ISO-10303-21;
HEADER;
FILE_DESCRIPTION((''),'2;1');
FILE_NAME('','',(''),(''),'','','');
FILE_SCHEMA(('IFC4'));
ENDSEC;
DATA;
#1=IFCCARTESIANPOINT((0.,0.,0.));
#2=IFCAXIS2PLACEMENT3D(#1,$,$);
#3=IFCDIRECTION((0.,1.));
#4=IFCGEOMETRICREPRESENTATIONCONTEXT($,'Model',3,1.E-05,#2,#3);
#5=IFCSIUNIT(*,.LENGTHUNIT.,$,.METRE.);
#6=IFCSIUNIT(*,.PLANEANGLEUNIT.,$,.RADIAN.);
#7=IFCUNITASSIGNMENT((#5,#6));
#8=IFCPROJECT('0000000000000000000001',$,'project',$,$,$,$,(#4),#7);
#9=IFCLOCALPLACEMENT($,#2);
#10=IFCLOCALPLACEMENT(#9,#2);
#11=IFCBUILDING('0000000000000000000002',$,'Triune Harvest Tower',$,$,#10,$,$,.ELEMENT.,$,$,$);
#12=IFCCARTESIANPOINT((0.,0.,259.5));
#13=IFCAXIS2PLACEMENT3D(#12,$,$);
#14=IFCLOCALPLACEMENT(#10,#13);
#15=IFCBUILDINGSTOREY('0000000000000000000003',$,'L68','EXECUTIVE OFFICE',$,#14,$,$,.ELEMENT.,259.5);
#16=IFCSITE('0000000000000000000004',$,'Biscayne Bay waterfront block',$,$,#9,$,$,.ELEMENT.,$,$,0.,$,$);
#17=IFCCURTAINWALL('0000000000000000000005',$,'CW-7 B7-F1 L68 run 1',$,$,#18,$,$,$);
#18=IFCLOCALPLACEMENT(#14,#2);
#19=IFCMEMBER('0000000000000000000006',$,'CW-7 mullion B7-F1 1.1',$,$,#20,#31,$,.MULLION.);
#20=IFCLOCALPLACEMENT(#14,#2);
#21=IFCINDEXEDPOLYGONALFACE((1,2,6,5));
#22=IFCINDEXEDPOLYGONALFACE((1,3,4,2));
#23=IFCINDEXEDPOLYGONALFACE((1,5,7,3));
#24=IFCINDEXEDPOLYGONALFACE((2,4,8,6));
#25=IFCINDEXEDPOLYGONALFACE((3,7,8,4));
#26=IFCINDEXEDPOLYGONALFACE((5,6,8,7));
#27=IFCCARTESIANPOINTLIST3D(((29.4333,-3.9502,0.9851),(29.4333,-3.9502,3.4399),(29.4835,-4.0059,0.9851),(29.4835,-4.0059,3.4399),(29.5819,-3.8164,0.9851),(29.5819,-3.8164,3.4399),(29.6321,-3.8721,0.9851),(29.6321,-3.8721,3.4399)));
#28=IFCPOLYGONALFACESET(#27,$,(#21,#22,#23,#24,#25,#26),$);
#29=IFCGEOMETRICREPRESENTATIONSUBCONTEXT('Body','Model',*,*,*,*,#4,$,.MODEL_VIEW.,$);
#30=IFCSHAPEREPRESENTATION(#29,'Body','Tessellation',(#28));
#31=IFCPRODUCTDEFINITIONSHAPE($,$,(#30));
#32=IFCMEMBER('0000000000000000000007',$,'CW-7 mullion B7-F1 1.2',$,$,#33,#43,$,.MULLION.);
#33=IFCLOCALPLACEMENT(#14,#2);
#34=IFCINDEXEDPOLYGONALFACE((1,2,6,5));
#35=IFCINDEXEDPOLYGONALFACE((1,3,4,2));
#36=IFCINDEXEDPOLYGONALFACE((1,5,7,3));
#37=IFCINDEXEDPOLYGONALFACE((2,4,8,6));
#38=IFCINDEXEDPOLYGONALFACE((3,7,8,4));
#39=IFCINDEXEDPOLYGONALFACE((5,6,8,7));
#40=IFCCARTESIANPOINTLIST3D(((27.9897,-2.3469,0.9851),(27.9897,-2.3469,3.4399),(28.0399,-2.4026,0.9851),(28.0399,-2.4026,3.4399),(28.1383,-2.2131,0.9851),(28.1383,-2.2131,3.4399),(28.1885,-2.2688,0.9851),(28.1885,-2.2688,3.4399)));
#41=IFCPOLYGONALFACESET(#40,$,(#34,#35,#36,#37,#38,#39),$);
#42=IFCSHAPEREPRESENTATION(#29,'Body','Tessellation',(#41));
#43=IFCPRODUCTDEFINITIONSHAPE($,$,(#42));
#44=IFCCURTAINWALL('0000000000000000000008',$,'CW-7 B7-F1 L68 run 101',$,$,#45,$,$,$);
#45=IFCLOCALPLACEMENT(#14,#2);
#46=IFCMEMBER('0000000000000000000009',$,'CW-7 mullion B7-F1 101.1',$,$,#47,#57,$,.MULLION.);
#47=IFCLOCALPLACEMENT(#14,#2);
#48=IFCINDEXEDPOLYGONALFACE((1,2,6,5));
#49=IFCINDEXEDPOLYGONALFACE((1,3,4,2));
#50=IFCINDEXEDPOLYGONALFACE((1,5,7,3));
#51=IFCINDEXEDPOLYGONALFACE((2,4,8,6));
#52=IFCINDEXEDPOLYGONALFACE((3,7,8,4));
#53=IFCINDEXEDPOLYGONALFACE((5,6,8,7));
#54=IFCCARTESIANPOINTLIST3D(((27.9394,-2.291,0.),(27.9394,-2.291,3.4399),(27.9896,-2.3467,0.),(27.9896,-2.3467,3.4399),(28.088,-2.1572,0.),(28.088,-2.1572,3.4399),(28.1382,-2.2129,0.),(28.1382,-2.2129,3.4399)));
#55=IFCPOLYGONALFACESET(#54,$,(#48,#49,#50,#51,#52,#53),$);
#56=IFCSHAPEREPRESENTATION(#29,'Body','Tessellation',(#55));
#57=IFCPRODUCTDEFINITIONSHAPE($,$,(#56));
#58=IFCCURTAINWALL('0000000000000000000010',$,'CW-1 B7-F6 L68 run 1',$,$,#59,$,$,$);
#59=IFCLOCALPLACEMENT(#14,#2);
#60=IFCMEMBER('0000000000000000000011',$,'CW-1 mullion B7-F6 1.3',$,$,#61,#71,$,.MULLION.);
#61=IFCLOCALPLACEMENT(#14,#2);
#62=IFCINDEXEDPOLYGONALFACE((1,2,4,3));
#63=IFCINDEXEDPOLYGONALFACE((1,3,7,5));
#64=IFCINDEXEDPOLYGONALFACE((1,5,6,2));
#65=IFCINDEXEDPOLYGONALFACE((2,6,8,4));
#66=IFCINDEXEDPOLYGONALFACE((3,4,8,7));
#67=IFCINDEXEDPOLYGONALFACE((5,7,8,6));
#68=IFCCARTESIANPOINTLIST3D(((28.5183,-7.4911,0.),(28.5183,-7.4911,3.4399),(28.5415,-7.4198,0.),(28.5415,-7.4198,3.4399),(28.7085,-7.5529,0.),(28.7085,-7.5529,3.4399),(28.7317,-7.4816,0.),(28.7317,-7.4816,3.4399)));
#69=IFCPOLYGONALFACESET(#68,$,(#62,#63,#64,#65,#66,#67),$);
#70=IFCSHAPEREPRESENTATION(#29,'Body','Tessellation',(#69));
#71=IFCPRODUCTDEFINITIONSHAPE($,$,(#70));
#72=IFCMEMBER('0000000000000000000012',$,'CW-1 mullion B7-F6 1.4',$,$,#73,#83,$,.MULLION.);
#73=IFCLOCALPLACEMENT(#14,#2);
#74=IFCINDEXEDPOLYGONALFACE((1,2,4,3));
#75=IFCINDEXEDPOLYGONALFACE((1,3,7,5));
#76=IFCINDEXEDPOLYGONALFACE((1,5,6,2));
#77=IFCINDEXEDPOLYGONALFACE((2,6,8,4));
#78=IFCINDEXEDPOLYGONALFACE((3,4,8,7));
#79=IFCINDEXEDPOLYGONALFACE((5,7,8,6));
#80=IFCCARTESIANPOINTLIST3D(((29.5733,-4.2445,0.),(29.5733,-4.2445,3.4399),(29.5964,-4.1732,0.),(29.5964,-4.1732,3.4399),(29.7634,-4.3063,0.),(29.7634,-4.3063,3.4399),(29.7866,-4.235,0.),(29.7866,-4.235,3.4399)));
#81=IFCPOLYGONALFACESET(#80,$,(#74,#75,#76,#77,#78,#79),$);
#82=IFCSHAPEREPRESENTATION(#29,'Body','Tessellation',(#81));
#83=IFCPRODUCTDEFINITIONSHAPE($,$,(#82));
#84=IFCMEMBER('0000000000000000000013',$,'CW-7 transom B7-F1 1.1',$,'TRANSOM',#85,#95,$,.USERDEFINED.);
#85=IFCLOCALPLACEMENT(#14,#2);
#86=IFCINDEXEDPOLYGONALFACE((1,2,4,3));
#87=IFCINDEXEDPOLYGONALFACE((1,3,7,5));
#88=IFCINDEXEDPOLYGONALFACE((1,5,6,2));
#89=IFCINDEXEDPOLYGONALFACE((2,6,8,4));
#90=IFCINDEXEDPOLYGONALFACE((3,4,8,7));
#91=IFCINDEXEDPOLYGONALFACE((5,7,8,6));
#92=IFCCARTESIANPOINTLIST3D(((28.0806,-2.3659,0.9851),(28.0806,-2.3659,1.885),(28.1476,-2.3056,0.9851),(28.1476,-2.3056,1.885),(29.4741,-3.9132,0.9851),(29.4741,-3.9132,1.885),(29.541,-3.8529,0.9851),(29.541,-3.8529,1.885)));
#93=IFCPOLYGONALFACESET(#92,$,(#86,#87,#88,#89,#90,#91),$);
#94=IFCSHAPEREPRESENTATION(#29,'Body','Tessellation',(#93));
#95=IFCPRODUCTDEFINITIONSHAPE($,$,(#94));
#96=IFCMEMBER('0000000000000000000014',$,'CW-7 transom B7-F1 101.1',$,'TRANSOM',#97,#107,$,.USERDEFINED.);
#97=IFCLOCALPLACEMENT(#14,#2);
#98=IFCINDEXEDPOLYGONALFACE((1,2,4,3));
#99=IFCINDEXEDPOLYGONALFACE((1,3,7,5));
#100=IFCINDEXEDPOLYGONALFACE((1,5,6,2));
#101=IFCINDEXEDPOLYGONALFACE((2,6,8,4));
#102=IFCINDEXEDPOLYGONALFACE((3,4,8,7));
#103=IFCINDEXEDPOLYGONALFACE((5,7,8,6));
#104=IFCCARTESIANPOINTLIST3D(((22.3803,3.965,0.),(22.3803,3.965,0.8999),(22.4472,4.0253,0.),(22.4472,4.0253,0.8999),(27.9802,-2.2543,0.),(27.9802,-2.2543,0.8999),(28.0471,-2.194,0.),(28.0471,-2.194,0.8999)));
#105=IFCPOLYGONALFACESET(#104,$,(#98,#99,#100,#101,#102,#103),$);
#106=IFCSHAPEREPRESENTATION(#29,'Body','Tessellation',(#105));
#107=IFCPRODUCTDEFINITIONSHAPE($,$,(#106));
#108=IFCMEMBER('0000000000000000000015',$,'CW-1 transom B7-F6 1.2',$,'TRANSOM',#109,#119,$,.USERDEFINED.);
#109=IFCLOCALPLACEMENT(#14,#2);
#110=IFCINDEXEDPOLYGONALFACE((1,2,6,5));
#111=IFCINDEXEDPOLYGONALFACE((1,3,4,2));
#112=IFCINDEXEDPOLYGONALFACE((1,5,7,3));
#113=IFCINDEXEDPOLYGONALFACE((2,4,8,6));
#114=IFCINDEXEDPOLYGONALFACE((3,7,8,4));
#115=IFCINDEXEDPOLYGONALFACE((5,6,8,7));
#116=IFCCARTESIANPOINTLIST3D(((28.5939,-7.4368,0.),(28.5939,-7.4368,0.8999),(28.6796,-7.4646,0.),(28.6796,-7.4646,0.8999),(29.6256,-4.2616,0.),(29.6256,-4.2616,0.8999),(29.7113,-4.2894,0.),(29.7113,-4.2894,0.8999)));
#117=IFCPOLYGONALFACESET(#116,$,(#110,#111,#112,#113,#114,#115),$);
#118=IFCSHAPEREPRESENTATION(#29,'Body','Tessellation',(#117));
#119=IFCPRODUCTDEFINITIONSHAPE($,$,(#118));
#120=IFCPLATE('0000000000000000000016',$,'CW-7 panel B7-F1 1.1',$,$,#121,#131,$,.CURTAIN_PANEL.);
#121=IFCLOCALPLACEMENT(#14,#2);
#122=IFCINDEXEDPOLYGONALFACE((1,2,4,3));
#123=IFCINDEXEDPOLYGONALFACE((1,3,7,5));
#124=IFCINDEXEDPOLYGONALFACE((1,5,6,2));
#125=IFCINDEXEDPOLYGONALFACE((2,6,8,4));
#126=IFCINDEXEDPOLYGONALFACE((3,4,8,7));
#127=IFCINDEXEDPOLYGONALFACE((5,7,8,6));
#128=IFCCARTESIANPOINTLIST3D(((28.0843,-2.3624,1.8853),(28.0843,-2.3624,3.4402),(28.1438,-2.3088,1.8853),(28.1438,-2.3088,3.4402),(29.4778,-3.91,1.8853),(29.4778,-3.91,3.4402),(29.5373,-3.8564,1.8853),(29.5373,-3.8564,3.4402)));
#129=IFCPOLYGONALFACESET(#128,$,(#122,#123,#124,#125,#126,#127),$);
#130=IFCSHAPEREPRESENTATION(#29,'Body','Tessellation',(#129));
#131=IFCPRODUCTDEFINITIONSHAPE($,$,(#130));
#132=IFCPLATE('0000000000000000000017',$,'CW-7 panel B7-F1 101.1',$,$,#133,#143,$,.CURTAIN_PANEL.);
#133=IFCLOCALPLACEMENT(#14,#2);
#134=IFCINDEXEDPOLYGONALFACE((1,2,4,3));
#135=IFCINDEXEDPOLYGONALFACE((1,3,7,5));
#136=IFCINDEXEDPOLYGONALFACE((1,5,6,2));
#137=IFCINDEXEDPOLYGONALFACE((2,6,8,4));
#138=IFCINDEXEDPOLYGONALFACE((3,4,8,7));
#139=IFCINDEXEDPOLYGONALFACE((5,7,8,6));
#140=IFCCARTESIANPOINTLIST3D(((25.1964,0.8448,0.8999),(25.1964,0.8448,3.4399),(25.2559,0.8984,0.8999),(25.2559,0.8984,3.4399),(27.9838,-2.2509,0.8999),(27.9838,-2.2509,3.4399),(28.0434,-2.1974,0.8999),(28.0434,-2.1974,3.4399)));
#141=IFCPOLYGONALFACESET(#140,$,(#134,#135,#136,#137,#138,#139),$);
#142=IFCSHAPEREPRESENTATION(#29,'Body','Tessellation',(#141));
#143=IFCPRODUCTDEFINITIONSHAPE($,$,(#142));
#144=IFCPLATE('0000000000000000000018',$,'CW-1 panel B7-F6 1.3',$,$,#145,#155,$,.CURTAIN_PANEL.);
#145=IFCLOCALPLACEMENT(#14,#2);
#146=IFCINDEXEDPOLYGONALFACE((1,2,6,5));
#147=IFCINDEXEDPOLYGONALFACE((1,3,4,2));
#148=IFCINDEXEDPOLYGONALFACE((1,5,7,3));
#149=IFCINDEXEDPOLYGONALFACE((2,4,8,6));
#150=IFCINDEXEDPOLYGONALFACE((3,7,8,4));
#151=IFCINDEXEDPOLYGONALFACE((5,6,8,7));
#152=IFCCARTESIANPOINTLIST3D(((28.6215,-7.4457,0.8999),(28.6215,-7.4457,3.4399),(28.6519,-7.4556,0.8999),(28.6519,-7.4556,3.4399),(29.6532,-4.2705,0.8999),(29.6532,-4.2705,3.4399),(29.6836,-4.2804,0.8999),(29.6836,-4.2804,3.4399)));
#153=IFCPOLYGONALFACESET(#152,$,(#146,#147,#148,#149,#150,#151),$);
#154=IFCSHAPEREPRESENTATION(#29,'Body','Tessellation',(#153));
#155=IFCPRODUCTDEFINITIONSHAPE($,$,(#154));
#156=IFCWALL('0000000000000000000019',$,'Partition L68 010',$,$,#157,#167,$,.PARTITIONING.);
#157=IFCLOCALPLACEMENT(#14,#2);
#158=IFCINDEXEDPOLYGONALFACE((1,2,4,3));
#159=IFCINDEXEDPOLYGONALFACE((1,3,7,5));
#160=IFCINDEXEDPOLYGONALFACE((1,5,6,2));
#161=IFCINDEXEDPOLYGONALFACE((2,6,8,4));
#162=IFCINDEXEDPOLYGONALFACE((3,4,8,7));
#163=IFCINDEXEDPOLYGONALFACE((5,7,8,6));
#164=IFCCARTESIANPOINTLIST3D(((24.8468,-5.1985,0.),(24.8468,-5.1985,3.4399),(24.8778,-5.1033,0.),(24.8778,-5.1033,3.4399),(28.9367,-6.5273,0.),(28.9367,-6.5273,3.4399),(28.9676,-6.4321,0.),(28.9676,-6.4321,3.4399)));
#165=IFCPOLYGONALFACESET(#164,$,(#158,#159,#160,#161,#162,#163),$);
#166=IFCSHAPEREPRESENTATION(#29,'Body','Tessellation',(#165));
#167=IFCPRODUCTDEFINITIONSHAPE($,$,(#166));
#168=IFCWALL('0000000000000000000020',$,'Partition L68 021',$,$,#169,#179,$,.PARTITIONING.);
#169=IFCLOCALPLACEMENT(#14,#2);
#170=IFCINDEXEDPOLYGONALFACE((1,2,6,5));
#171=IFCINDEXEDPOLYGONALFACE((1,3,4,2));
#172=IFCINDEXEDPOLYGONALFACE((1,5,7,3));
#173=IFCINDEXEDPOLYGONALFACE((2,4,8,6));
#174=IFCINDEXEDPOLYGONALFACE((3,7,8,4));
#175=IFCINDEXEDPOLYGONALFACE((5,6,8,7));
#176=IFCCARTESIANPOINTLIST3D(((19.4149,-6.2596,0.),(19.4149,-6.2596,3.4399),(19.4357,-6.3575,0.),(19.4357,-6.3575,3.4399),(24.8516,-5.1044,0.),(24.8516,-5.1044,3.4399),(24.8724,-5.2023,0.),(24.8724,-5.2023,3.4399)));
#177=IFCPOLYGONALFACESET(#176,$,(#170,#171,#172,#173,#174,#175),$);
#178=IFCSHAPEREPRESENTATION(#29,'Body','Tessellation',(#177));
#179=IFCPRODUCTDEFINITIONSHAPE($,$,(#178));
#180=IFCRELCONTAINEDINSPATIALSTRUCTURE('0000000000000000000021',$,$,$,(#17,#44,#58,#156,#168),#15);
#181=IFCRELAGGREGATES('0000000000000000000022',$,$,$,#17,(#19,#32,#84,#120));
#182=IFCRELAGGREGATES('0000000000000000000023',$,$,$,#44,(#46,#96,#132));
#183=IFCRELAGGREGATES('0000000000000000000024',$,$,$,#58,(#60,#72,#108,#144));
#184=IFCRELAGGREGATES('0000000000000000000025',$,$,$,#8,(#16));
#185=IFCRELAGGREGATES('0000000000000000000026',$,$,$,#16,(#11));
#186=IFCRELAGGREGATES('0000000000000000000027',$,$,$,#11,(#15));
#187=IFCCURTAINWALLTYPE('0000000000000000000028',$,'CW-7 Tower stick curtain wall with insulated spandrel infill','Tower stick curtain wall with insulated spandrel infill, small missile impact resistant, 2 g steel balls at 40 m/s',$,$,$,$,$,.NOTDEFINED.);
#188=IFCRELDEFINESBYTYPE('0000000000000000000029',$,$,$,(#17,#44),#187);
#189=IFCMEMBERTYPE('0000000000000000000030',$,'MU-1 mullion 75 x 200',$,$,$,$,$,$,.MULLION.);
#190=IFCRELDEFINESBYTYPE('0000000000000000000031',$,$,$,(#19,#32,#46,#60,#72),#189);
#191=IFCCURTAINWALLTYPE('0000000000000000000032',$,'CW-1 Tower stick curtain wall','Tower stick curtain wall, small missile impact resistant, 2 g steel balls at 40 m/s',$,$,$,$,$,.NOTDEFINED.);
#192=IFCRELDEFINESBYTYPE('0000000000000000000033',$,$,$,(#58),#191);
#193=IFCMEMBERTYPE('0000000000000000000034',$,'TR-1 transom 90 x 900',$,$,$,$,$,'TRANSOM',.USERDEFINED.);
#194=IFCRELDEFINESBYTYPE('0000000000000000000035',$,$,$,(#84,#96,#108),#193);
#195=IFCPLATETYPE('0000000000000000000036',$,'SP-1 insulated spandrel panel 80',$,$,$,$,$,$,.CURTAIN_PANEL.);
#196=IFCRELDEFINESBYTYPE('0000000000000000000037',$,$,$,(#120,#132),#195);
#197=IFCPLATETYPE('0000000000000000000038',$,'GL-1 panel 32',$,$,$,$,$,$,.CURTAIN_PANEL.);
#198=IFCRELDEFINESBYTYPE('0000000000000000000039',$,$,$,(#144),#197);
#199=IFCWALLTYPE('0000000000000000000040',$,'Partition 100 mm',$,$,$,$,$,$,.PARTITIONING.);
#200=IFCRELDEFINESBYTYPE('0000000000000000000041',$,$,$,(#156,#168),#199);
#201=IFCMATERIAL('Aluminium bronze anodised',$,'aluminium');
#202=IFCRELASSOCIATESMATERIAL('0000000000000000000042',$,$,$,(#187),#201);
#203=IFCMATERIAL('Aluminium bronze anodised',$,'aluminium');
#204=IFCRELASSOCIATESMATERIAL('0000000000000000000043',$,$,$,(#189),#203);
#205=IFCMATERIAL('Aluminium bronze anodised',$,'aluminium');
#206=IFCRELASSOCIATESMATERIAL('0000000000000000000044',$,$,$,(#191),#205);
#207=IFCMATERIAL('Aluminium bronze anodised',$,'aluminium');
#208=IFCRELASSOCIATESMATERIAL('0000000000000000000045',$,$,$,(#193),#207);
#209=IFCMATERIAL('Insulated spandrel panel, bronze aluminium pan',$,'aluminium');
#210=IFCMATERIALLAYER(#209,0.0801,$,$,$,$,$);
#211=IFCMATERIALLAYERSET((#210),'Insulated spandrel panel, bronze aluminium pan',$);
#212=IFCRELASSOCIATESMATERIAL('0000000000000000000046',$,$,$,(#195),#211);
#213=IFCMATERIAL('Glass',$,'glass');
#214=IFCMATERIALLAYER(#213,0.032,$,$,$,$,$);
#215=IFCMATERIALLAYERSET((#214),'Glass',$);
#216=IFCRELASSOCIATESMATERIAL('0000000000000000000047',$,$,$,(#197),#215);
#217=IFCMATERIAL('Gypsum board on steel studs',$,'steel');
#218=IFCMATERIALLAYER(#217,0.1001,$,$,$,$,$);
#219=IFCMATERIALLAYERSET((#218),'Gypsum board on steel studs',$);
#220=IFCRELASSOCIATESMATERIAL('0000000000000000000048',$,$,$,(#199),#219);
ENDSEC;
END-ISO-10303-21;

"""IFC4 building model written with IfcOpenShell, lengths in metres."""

from ifc_helpers import new_model, si_unit, direction, frame, frame_2d, origin, origin_2d, place, context, subcontext, project, spatial, rectangle, extrude, source, transform, mapped, material, layer, layer_set, material_profile, profile_set, type_object, element, aggregate, save


model = new_model("IFC4")

# Units and contexts
model_context = context("Model", 3, precision=1e-05, world=origin(), true_north=direction((0.0, 1.0)))
body_context = subcontext(model_context, "Body", "Model", "MODEL_VIEW")
ifc_project = project(units=[si_unit("LENGTHUNIT", "METRE"), si_unit("PLANEANGLEUNIT", "RADIAN")], contexts=[model_context])

# Site, building, storey
site_placement = place(None, origin())
site = spatial("IfcSite", under=ifc_project, at=site_placement, Name="Biscayne Bay waterfront block", CompositionType="ELEMENT", RefElevation=0.0)
building_placement = place(site_placement, origin())
building = spatial("IfcBuilding", under=site, at=building_placement, Name="Triune Harvest Tower", CompositionType="ELEMENT")
storey_placement = place(building_placement, frame((0.0, 0.0, 259.5)))
storey = spatial("IfcBuildingStorey", under=building, at=storey_placement, Name="L68", Description="EXECUTIVE OFFICE", CompositionType="ELEMENT", Elevation=259.5)

# Curtain wall, members
ifc_material_1 = material(Name="Aluminium bronze anodised", Category="aluminium")
curtain_wall_type_1 = type_object("IfcCurtainWallType", Name="CW-7 Tower stick curtain wall with insulated spandrel infill", Description="Tower stick curtain wall with insulated spandrel infill, small missile impact resistant, 2 g steel balls at 40 m/s", PredefinedType="NOTDEFINED", material=ifc_material_1)
curtain_wall_1_placement = place(storey_placement, origin())
curtain_wall_1 = element("IfcCurtainWall", 1, at=curtain_wall_1_placement, inside=storey, type_object=curtain_wall_type_1, Name="CW-7 B7-F1 L68 run 1")
ifc_material_2 = material(Name="Aluminium bronze anodised", Category="aluminium")
ifc_material_profile_1 = material_profile(ifc_material_2, rectangle(XDim=0.2, YDim=0.075, at=origin_2d()), Name="MU-1 mullion 75 x 200")
ifc_profile_set_1 = profile_set([ifc_material_profile_1], Name="Aluminium bronze anodised")
member_type_1 = type_object("IfcMemberType", Name="MU-1 mullion 75 x 200", PredefinedType="MULLION", material=ifc_profile_set_1)
shared_shape_1 = source(origin(), body_context, "Body", "SweptSolid", [
    extrude(rectangle(XDim=0.2, YDim=0.075, at=origin_2d()), origin(), (0.0, 0.0, 1.0), 2.4548),
])
member_1_placement = place(storey_placement, frame((29.5327, -3.9111, 0.9851), z_axis=(0.0, 0.0, 1.0), x_axis=(-0.743138, -0.669138, 0.0)))
member_1 = element("IfcMember", 2, at=member_1_placement, type_object=member_type_1, Name="CW-7 mullion B7-F1 1.1", PredefinedType="MULLION", context=body_context, shape_type="MappedRepresentation", body=[
    mapped(shared_shape_1, transform((0.0, 0.0, 0.0), scale=1.0)),
])
member_2_placement = place(storey_placement, frame((28.0891, -2.3079, 0.9851), z_axis=(0.0, 0.0, 1.0), x_axis=(-0.743138, -0.669138, 0.0)))
member_2 = element("IfcMember", 3, at=member_2_placement, type_object=member_type_1, Name="CW-7 mullion B7-F1 1.2", PredefinedType="MULLION", context=body_context, shape_type="MappedRepresentation", body=[
    mapped(shared_shape_1, transform((0.0, 0.0, 0.0), scale=1.0)),
])

# Curtain wall, member
curtain_wall_2_placement = place(storey_placement, origin())
curtain_wall_2 = element("IfcCurtainWall", 4, at=curtain_wall_2_placement, inside=storey, type_object=curtain_wall_type_1, Name="CW-7 B7-F1 L68 run 101")
shared_shape_2 = source(origin(), body_context, "Body", "SweptSolid", [
    extrude(rectangle(XDim=0.2, YDim=0.075, at=origin_2d()), origin(), (0.0, 0.0, 1.0), 3.4399),
])
member_3_placement = place(storey_placement, frame((28.0388, -2.252, 0.0), z_axis=(0.0, 0.0, 1.0), x_axis=(-0.743144, -0.669132, 0.0)))
member_3 = element("IfcMember", 5, at=member_3_placement, type_object=member_type_1, Name="CW-7 mullion B7-F1 101.1", PredefinedType="MULLION", context=body_context, shape_type="MappedRepresentation", body=[
    mapped(shared_shape_2, transform((0.0, 0.0, 0.0), scale=1.0)),
])

# Curtain wall, members
ifc_material_3 = material(Name="Aluminium bronze anodised", Category="aluminium")
curtain_wall_type_2 = type_object("IfcCurtainWallType", Name="CW-1 Tower stick curtain wall", Description="Tower stick curtain wall, small missile impact resistant, 2 g steel balls at 40 m/s", PredefinedType="NOTDEFINED", material=ifc_material_3)
curtain_wall_3_placement = place(storey_placement, origin())
curtain_wall_3 = element("IfcCurtainWall", 6, at=curtain_wall_3_placement, inside=storey, type_object=curtain_wall_type_2, Name="CW-1 B7-F6 L68 run 1")
member_4_placement = place(storey_placement, frame((28.625, -7.4863, 0.0), z_axis=(0.0, 0.0, 1.0), x_axis=(-0.951056, 0.309019, 0.0)))
member_4 = element("IfcMember", 7, at=member_4_placement, type_object=member_type_1, Name="CW-1 mullion B7-F6 1.3", PredefinedType="MULLION", context=body_context, shape_type="MappedRepresentation", body=[
    mapped(shared_shape_2, transform((0.0, 0.0, 0.0), scale=1.0)),
])
member_5_placement = place(storey_placement, frame((29.6799, -4.2397, 0.0), z_axis=(0.0, 0.0, 1.0), x_axis=(-0.951056, 0.309019, 0.0)))
member_5 = element("IfcMember", 8, at=member_5_placement, type_object=member_type_1, Name="CW-1 mullion B7-F6 1.4", PredefinedType="MULLION", context=body_context, shape_type="MappedRepresentation", body=[
    mapped(shared_shape_2, transform((0.0, 0.0, 0.0), scale=1.0)),
])

# Members
ifc_material_4 = material(Name="Aluminium bronze anodised", Category="aluminium")
ifc_material_profile_2 = material_profile(ifc_material_4, rectangle(XDim=0.0901, YDim=0.8999, at=origin_2d()), Name="TR-1 transom 90 x 900")
ifc_profile_set_2 = profile_set([ifc_material_profile_2], Name="Aluminium bronze anodised")
member_type_2 = type_object("IfcMemberType", Name="TR-1 transom 90 x 900", ElementType="TRANSOM", PredefinedType="USERDEFINED", material=ifc_profile_set_2)
shared_shape_3 = source(origin(), body_context, "Body", "SweptSolid", [
    extrude(rectangle(XDim=0.0901, YDim=0.8999, at=origin_2d()), origin(), (0.0, 0.0, 1.0), 2.0823),
])
member_6_placement = place(storey_placement, frame((29.5076, -3.8831, 1.4351), z_axis=(-0.669211, 0.743073, 0.0), x_axis=(-0.743073, -0.669211, 0.0)))
member_6 = element("IfcMember", 9, at=member_6_placement, type_object=member_type_2, Name="CW-7 transom B7-F1 1.1", ObjectType="TRANSOM", PredefinedType="USERDEFINED", context=body_context, shape_type="MappedRepresentation", body=[
    mapped(shared_shape_3, transform((0.0, 0.0, 0.0), scale=1.0)),
])
shared_shape_4 = source(origin(), body_context, "Body", "SweptSolid", [
    extrude(rectangle(XDim=0.0901, YDim=0.8999, at=origin_2d()), origin(), (0.0, 0.0, 1.0), 8.3689),
])
member_7_placement = place(storey_placement, frame((28.0137, -2.2241, 0.45), z_axis=(-0.669132, 0.743143, 0.0), x_axis=(-0.743143, -0.669132, 0.0)))
member_7 = element("IfcMember", 10, at=member_7_placement, type_object=member_type_2, Name="CW-7 transom B7-F1 101.1", ObjectType="TRANSOM", PredefinedType="USERDEFINED", context=body_context, shape_type="MappedRepresentation", body=[
    mapped(shared_shape_4, transform((0.0, 0.0, 0.0), scale=1.0)),
])
shared_shape_5 = source(origin(), body_context, "Body", "SweptSolid", [
    extrude(rectangle(XDim=0.0901, YDim=0.8999, at=origin_2d()), origin(), (0.0, 0.0, 1.0), 3.3386),
])
member_8_placement = place(storey_placement, frame((28.6367, -7.4507, 0.45), z_axis=(0.309023, 0.951054, 0.0), x_axis=(-0.951054, 0.309023, 0.0)))
member_8 = element("IfcMember", 11, at=member_8_placement, type_object=member_type_2, Name="CW-1 transom B7-F6 1.2", ObjectType="TRANSOM", PredefinedType="USERDEFINED", context=body_context, shape_type="MappedRepresentation", body=[
    mapped(shared_shape_5, transform((0.0, 0.0, 0.0), scale=1.0)),
])

# Plates
ifc_material_5 = material(Name="Insulated spandrel panel, bronze aluminium pan", Category="aluminium")
ifc_layer_1 = layer(ifc_material_5, 0.0801)
ifc_layer_set_1 = layer_set([ifc_layer_1], Name="Insulated spandrel panel, bronze aluminium pan")
plate_type_1 = type_object("IfcPlateType", Name="SP-1 insulated spandrel panel 80", PredefinedType="CURTAIN_PANEL", material=ifc_layer_set_1)
plate_1_placement = place(storey_placement, frame((28.8108, -3.1094, 1.8853), z_axis=(0.0, 0.0, 1.0), x_axis=(-0.669138, 0.743138, 0.0)))
plate_1 = element("IfcPlate", 12, at=plate_1_placement, type_object=plate_type_1, Name="CW-7 panel B7-F1 1.1", PredefinedType="CURTAIN_PANEL", context=body_context, shape_type="SweptSolid", body=[
    extrude(rectangle(XDim=2.0825, YDim=0.0801, at=origin_2d()), origin(), (0.0, 0.0, 1.0), 1.5549),
])
aggregate(curtain_wall_1, [member_1, member_2, member_6, plate_1])
shared_shape_6 = source(origin(), body_context, "Body", "SweptSolid", [
    extrude(rectangle(XDim=4.1658, YDim=0.0801, at=origin_2d()), origin(), (0.0, 0.0, 1.0), 2.54),
])
plate_2_placement = place(storey_placement, frame((26.6199, -0.6763, 0.8999), z_axis=(0.0, 0.0, 1.0), x_axis=(-0.669132, 0.743144, 0.0)))
plate_2 = element("IfcPlate", 13, at=plate_2_placement, type_object=plate_type_1, Name="CW-7 panel B7-F1 101.1", PredefinedType="CURTAIN_PANEL", context=body_context, shape_type="MappedRepresentation", body=[
    mapped(shared_shape_6, transform((0.0, 0.0, 0.0), scale=1.0)),
])
aggregate(curtain_wall_2, [member_3, member_7, plate_2])
ifc_material_6 = material(Name="Glass", Category="glass")
ifc_layer_2 = layer(ifc_material_6, 0.032)
ifc_layer_set_2 = layer_set([ifc_layer_2], Name="Glass")
plate_type_2 = type_object("IfcPlateType", Name="GL-1 panel 32", PredefinedType="CURTAIN_PANEL", material=ifc_layer_set_2)
shared_shape_7 = source(origin(), body_context, "Body", "SweptSolid", [
    extrude(rectangle(XDim=3.3386, YDim=0.032, at=origin_2d()), origin(), (0.0, 0.0, 1.0), 2.54),
])
plate_3_placement = place(storey_placement, frame((29.1526, -5.863, 0.8999), z_axis=(0.0, 0.0, 1.0), x_axis=(0.309019, 0.951056, 0.0)))
plate_3 = element("IfcPlate", 14, at=plate_3_placement, type_object=plate_type_2, Name="CW-1 panel B7-F6 1.3", PredefinedType="CURTAIN_PANEL", context=body_context, shape_type="MappedRepresentation", body=[
    mapped(shared_shape_7, transform((0.0, 0.0, 0.0), scale=1.0)),
])
aggregate(curtain_wall_3, [member_4, member_5, member_8, plate_3])

# Walls
ifc_material_7 = material(Name="Gypsum board on steel studs", Category="steel")
ifc_layer_3 = layer(ifc_material_7, 0.1001)
ifc_layer_set_3 = layer_set([ifc_layer_3], Name="Gypsum board on steel studs")
wall_type = type_object("IfcWallType", Name="Partition 100 mm", PredefinedType="PARTITIONING", material=ifc_layer_set_3)
wall_1_placement = place(storey_placement, frame((24.8623, -5.1509, 0.0), z_axis=(0.0, 0.0, 1.0), x_axis=(0.951057, -0.309014, 0.0)))
element("IfcWall", 15, at=wall_1_placement, inside=storey, type_object=wall_type, Name="Partition L68 010", PredefinedType="PARTITIONING", context=body_context, shape_type="SweptSolid", body=[
    extrude(rectangle(XDim=4.3003, YDim=0.1001, at=frame_2d((2.1501, 0.0))), origin(), (0.0, 0.0, 1.0), 3.4399),
])
shared_shape_8 = source(origin(), body_context, "Body", "SweptSolid", [
    extrude(rectangle(XDim=5.5581, YDim=0.1001, at=frame_2d((2.7791, 0.0))), origin(), (0.0, 0.0, 1.0), 3.4399),
])
wall_2_placement = place(storey_placement, frame((19.4253, -6.3086, 0.0), z_axis=(0.0, 0.0, 1.0), x_axis=(0.97816, 0.207852, 0.0)))
element("IfcWall", 16, at=wall_2_placement, inside=storey, type_object=wall_type, Name="Partition L68 021", PredefinedType="PARTITIONING", context=body_context, shape_type="MappedRepresentation", body=[
    mapped(shared_shape_8, transform((0.0, 0.0, 0.0), scale=1.0)),
])

save(model, "model.ifc")
